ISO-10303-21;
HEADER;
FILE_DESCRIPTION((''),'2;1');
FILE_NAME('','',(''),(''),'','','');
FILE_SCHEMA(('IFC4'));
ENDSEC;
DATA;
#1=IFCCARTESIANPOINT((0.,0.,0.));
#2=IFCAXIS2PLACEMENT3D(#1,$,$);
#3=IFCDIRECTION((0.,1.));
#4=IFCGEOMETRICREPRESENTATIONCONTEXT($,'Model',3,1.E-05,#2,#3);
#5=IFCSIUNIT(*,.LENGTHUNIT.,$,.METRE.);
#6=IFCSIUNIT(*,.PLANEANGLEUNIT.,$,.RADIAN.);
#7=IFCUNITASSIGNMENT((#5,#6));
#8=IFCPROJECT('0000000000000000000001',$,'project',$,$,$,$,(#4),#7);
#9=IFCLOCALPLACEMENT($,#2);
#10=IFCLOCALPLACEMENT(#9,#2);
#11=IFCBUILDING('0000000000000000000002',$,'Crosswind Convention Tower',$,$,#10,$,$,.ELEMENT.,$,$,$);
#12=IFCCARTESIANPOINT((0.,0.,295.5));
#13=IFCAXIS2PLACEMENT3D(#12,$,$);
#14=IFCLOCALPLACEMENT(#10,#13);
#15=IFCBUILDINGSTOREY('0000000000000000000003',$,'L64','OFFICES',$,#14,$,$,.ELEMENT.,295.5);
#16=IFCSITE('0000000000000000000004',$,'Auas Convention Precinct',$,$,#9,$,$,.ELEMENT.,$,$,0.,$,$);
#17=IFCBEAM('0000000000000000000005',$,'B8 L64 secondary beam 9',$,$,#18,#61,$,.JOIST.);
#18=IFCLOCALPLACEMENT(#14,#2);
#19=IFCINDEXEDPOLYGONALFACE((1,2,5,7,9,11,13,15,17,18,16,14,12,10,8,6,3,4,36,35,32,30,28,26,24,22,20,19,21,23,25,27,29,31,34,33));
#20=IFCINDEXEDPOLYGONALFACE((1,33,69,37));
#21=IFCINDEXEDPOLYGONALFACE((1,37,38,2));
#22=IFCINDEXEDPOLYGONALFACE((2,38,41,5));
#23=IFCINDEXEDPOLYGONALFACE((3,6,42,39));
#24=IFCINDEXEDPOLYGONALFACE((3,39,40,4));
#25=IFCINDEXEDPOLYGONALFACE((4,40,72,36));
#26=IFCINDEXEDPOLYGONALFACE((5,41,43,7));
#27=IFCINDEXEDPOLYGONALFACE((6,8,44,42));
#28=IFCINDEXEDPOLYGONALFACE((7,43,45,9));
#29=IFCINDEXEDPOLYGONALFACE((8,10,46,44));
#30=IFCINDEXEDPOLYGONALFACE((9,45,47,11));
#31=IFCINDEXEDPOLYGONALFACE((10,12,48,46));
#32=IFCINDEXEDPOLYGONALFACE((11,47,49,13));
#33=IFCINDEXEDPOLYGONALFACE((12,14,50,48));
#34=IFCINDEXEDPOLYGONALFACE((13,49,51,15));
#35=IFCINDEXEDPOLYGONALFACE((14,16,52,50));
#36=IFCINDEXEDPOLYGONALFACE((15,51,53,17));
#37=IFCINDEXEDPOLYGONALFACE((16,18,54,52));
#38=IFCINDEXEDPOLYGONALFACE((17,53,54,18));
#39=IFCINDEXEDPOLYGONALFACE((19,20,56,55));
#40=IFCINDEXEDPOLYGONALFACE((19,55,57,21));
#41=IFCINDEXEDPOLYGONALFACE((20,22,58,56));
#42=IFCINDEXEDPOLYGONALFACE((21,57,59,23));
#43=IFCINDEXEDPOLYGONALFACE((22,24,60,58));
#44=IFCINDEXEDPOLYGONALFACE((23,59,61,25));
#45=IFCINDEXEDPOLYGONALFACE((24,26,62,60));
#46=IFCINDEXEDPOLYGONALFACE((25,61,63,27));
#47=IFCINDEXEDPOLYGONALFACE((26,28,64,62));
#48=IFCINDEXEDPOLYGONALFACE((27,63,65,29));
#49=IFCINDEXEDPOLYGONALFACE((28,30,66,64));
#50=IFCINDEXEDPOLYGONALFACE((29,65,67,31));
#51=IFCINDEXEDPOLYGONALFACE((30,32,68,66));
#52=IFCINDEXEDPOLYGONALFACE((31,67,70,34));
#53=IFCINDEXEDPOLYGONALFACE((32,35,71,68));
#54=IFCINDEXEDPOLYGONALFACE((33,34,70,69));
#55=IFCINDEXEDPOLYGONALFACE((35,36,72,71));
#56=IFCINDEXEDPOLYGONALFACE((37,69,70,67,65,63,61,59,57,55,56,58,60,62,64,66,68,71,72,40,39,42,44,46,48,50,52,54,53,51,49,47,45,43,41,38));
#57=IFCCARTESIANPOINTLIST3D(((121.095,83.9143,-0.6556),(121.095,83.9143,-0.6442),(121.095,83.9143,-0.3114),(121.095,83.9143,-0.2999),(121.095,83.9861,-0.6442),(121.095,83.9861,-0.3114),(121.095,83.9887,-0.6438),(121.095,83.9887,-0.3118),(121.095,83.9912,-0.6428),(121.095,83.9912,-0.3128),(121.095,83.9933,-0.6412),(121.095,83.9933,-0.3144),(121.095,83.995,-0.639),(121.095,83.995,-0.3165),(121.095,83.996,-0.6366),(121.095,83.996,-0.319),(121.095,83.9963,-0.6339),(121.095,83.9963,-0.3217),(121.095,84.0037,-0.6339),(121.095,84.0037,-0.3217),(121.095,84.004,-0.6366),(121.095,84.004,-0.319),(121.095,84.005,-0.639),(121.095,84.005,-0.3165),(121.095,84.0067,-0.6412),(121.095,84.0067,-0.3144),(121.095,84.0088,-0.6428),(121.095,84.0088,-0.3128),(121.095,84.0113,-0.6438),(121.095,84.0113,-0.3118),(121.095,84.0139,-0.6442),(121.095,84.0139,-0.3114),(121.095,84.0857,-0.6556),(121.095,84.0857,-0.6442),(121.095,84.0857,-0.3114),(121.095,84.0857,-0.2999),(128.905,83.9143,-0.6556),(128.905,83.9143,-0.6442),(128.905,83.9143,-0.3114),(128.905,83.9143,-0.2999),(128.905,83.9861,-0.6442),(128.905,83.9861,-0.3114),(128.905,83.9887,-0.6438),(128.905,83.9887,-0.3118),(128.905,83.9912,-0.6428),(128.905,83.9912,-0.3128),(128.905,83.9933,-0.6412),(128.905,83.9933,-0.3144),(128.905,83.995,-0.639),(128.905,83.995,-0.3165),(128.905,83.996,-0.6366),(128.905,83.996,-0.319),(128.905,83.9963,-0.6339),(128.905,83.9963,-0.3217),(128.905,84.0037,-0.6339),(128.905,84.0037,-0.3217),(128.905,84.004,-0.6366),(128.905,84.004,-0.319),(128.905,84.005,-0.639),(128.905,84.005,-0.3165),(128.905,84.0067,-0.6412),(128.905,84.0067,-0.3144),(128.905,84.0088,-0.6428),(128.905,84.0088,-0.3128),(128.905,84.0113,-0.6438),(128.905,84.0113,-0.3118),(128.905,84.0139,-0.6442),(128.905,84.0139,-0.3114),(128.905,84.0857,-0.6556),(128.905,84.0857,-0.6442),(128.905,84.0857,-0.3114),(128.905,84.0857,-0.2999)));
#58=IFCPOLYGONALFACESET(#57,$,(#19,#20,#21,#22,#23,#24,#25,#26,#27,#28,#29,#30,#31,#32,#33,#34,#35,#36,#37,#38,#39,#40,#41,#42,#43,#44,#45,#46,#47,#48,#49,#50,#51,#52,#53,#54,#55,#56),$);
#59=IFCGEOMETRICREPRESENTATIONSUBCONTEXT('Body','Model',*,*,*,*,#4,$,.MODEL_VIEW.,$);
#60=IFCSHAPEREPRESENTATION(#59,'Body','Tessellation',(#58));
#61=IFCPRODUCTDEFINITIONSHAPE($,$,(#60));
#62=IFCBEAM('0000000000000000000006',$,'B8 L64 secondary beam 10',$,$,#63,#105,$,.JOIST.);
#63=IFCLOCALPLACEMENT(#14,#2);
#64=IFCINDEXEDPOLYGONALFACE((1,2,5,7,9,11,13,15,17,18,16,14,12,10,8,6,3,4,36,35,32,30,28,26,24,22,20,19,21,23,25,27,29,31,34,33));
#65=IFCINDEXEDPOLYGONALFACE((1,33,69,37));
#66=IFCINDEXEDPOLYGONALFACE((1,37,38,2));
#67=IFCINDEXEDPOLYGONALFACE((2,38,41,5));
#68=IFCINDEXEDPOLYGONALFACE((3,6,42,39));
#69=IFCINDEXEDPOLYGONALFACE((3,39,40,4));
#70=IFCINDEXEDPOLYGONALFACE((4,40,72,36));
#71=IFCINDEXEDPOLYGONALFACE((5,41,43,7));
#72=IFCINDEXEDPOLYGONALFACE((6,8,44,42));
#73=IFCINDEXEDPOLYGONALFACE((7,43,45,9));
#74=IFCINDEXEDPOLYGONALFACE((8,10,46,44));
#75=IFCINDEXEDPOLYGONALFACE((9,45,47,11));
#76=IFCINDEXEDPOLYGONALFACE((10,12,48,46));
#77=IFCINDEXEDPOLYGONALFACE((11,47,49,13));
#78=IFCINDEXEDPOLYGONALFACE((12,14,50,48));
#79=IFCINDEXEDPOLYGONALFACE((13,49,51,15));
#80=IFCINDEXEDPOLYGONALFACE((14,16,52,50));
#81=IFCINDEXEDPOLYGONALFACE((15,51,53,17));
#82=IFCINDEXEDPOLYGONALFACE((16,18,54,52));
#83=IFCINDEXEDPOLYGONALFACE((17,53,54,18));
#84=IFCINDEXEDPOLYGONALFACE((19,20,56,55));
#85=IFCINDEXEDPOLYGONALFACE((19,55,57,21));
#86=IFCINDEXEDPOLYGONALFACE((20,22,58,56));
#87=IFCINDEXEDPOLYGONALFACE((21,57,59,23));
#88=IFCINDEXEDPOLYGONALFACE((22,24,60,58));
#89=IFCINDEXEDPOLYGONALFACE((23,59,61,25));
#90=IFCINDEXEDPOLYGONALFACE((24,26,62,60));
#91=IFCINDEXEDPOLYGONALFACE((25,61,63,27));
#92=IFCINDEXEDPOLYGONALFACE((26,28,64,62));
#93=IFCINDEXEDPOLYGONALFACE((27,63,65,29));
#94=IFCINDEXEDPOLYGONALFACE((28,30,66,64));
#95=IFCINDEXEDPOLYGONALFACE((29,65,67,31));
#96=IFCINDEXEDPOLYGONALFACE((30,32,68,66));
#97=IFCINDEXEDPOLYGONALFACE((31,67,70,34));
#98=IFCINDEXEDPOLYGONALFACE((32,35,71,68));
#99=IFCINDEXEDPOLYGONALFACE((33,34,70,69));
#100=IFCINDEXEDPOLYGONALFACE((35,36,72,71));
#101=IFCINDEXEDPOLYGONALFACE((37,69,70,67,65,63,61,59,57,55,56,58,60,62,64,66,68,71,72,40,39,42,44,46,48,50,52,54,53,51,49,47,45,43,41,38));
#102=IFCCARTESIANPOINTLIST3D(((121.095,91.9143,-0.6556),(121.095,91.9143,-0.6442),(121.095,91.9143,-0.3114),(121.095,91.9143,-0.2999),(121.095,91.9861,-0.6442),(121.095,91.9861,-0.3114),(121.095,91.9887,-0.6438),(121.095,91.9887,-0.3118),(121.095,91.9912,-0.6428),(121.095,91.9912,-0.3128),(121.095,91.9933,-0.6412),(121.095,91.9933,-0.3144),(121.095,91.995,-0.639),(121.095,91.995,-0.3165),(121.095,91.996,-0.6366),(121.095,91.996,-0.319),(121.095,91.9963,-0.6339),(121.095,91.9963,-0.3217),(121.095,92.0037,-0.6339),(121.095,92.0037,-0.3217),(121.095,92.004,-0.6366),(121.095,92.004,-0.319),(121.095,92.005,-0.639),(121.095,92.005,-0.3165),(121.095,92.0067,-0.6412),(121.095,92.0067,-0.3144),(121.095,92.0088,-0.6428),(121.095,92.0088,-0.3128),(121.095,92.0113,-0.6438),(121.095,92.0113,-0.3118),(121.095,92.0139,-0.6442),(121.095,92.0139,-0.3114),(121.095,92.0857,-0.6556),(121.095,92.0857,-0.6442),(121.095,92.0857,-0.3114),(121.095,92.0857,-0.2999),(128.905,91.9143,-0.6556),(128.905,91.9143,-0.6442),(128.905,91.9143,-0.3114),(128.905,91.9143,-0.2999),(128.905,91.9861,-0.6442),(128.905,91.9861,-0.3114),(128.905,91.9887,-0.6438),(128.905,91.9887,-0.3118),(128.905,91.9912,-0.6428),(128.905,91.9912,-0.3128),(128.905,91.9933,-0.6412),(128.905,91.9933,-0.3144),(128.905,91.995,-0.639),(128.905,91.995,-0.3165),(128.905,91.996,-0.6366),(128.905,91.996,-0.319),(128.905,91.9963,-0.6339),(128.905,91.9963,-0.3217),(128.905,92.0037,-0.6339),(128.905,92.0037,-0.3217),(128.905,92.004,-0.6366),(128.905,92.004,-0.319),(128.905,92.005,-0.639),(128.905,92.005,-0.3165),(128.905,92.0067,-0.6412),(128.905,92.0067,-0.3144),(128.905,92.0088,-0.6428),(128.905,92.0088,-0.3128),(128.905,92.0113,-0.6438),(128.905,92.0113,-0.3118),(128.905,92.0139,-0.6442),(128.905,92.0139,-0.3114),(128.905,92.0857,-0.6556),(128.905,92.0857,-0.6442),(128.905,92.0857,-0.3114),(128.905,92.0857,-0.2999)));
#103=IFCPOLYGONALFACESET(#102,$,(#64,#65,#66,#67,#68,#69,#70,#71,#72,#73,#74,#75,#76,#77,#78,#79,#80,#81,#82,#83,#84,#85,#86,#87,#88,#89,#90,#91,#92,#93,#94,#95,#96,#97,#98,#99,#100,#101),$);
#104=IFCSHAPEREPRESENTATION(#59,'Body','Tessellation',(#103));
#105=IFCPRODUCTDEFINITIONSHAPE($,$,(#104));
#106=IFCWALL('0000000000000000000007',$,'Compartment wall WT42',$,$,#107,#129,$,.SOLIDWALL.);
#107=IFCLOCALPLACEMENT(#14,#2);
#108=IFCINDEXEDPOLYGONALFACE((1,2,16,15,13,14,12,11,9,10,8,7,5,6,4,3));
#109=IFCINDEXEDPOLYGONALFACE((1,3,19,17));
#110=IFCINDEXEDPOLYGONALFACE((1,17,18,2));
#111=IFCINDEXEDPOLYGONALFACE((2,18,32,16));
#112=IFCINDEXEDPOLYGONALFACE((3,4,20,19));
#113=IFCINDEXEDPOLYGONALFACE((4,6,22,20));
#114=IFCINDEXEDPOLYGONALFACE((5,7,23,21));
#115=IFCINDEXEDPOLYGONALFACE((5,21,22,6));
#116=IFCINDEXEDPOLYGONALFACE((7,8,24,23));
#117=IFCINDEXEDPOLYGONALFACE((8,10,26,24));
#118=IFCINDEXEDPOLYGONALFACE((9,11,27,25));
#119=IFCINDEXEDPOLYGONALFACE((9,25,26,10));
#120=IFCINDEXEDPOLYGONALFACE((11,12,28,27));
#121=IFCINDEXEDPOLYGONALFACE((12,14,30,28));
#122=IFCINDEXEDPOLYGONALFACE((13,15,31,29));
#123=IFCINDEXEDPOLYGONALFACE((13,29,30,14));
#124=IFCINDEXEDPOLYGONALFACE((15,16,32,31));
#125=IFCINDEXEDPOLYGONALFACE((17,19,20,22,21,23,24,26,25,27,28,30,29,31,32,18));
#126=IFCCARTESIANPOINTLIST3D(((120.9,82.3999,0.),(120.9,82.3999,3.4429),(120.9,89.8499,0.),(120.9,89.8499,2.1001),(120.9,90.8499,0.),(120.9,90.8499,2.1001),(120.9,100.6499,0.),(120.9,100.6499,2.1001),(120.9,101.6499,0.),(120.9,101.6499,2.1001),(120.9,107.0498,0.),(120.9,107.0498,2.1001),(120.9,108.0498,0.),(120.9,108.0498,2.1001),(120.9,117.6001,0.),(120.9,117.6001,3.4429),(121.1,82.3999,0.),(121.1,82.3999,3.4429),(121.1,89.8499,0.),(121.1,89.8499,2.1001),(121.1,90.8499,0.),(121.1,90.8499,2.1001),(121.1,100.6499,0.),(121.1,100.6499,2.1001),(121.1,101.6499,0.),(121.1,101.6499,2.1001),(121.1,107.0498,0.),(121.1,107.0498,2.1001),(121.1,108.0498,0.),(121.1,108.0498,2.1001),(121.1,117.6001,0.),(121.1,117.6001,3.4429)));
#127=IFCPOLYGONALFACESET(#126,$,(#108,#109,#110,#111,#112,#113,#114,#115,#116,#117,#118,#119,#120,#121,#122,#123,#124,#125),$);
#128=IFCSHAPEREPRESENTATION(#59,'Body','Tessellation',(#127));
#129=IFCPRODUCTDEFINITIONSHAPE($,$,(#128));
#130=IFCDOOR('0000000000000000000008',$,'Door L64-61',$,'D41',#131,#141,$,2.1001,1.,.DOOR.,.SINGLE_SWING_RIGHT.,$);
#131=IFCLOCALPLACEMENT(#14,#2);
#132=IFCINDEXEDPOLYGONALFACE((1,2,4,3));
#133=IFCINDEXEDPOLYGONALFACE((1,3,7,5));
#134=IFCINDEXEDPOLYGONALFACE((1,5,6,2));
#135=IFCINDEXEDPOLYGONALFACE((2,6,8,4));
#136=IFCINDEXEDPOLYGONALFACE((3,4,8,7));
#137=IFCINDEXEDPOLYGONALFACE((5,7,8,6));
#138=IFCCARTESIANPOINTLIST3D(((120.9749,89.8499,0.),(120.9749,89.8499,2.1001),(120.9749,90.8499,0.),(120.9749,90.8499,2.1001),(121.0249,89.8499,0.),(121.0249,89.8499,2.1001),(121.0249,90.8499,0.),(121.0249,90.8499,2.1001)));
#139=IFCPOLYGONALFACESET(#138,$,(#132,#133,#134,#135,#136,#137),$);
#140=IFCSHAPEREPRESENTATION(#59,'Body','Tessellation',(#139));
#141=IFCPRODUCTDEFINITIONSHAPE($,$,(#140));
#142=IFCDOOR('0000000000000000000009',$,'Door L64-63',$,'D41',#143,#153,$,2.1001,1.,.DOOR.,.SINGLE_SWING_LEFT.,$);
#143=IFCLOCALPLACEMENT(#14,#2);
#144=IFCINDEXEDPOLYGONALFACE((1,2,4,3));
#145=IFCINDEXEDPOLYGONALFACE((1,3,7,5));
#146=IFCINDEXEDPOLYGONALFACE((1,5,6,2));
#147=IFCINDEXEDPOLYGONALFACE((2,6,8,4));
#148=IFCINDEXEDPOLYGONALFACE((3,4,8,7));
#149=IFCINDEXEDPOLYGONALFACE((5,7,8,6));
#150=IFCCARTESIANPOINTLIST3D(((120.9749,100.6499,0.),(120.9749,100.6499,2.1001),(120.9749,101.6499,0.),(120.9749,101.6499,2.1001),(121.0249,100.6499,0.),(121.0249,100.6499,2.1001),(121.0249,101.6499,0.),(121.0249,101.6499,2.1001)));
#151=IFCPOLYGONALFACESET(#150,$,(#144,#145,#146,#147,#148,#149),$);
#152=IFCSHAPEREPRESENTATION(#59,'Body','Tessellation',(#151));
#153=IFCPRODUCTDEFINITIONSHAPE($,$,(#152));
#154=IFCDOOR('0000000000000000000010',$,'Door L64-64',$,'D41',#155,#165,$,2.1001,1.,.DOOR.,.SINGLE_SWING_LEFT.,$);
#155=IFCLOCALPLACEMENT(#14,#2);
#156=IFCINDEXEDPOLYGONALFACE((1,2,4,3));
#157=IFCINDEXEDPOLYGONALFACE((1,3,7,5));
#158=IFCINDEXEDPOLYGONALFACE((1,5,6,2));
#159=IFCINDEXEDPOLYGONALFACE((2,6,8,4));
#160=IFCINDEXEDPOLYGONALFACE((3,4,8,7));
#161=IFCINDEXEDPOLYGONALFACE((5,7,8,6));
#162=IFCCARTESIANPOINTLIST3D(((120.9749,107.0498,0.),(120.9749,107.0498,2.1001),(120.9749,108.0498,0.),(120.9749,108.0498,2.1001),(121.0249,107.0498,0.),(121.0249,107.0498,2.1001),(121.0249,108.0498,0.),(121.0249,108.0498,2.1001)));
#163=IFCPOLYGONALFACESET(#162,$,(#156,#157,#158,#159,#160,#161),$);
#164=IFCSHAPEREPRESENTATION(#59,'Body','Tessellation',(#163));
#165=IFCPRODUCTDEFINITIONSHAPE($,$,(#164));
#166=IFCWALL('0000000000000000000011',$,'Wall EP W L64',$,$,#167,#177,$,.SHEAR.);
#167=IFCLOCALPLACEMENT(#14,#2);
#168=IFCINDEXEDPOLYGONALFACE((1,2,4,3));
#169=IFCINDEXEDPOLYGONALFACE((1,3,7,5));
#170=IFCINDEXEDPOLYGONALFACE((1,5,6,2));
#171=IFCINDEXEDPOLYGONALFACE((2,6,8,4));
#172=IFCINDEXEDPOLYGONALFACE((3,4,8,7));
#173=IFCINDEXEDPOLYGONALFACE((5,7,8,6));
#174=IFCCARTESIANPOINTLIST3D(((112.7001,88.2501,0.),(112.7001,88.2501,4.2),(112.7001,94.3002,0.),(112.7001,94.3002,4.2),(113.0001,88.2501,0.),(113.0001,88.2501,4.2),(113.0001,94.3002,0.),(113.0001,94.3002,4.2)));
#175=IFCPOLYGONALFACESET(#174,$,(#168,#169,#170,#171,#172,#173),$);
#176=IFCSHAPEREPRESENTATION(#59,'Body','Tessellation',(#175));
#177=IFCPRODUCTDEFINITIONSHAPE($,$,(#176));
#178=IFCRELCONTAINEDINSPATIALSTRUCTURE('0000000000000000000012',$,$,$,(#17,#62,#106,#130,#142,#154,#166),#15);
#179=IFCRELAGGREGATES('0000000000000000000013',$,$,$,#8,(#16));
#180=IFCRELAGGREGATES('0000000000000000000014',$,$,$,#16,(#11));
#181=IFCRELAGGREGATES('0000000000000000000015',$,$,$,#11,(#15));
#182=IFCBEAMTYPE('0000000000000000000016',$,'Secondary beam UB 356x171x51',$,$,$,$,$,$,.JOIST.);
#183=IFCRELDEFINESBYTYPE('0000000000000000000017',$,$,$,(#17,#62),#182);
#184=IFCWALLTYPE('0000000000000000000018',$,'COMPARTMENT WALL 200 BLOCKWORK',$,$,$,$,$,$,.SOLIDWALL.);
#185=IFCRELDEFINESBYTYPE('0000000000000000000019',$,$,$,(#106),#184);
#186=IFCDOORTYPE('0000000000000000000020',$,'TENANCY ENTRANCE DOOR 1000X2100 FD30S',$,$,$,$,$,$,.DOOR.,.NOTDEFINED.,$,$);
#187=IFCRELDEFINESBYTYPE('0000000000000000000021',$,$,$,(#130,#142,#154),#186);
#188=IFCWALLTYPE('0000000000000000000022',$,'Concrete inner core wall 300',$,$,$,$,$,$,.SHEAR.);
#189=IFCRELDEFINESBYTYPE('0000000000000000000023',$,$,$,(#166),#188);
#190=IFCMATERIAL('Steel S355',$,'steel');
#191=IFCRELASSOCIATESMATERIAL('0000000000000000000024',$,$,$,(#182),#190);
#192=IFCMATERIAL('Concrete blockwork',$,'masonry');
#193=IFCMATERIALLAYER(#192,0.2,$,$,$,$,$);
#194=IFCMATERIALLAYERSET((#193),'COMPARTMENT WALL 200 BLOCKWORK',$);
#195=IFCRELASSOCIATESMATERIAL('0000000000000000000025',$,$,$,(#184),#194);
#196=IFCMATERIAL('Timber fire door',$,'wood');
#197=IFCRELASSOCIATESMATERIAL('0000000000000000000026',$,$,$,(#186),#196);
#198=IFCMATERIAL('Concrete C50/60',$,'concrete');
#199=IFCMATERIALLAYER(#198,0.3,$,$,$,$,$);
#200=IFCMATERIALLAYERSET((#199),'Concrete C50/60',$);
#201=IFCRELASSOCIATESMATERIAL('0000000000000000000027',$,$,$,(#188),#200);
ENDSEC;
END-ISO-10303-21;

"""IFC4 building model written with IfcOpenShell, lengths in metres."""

from ifc_helpers import new_model, si_unit, direction, frame, frame_2d, origin, origin_2d, place, context, subcontext, project, spatial, rectangle, i_section, extrude, material, layer, layer_set, material_profile, profile_set, type_object, element, fill, save


model = new_model("IFC4")

# Units and contexts
model_context = context("Model", 3, precision=1e-05, world=origin(), true_north=direction((0.0, 1.0)))
body_context = subcontext(model_context, "Body", "Model", "MODEL_VIEW")
ifc_project = project(units=[si_unit("LENGTHUNIT", "METRE"), si_unit("PLANEANGLEUNIT", "RADIAN")], contexts=[model_context])

# Site, building, storey
site_placement = place(None, origin())
site = spatial("IfcSite", under=ifc_project, at=site_placement, Name="Auas Convention Precinct", CompositionType="ELEMENT", RefElevation=0.0)
building_placement = place(site_placement, origin())
building = spatial("IfcBuilding", under=site, at=building_placement, Name="Crosswind Convention Tower", CompositionType="ELEMENT")
storey_placement = place(building_placement, frame((0.0, 0.0, 295.5)))
storey = spatial("IfcBuildingStorey", under=building, at=storey_placement, Name="L64", Description="OFFICES", CompositionType="ELEMENT", Elevation=295.5)

# Beams
ifc_material_1 = material(Name="Steel S355", Category="steel")
ifc_material_profile_1 = material_profile(ifc_material_1, i_section(OverallWidth=0.1714, OverallDepth=0.3557, WebThickness=0.0073, FlangeThickness=0.0115, FilletRadius=0.0103, at=origin_2d()), Name="UB 356x171x51")
ifc_profile_set_1 = profile_set([ifc_material_profile_1], Name="Steel S355")
beam_type_1 = type_object("IfcBeamType", Name="Secondary beam UB 356x171x51", PredefinedType="JOIST", material=ifc_profile_set_1)
for number, where, z_axis, x_axis, name in (
    (1, (121.095, 84.0, -0.4778), (1.0, 0.0, 0.0), (0.0, 1.0, 0.0), "B8 L64 secondary beam 9"),
    (2, (121.095, 92.0, -0.4778), (1.0, 0.0, 0.0), (0.0, 1.0, 0.0), "B8 L64 secondary beam 10"),
):
    element("IfcBeam", number, at=place(storey_placement, frame(where, z_axis=z_axis, x_axis=x_axis)), inside=storey, type_object=beam_type_1, Name=name, PredefinedType="JOIST", context=body_context, shape_type="SweptSolid", body=[
        extrude(i_section(OverallWidth=0.1714, OverallDepth=0.3557, WebThickness=0.0073, FlangeThickness=0.0115, FilletRadius=0.0103, at=origin_2d()), origin(), (0.0, 0.0, 1.0), 7.8101),
    ])

# Wall, openings, doors
ifc_material_2 = material(Name="Concrete blockwork", Category="masonry")
ifc_layer_1 = layer(ifc_material_2, 0.2)
ifc_layer_set_1 = layer_set([ifc_layer_1], Name="COMPARTMENT WALL 200 BLOCKWORK")
wall_type_1 = type_object("IfcWallType", Name="COMPARTMENT WALL 200 BLOCKWORK", PredefinedType="SOLIDWALL", material=ifc_layer_set_1)
wall_1_placement = place(storey_placement, frame((121.0, 82.3999, 0.0), z_axis=(0.0, 0.0, 1.0), x_axis=(0.0, 1.0, 0.0)))
wall_1 = element("IfcWall", 3, at=wall_1_placement, inside=storey, type_object=wall_type_1, Name="Compartment wall WT42", PredefinedType="SOLIDWALL", context=body_context, shape_type="SweptSolid", body=[
    extrude(rectangle(XDim=35.2002, YDim=0.2, at=frame_2d((17.6001, 0.0))), origin(), (0.0, 0.0, 1.0), 3.4429),
])
opening_1_placement = place(wall_1_placement, frame((7.45, 0.0, 0.0)))
opening_1 = element("IfcOpeningElement", 4, at=opening_1_placement, cuts=wall_1, PredefinedType="OPENING", context=body_context, shape_type="SweptSolid", body=[
    extrude(rectangle(XDim=1.0, YDim=2.1001, at=frame_2d((0.5, 1.05))), frame((0.0, 0.1099, 0.0), z_axis=(0.0, -1.0, 0.0), x_axis=(1.0, 0.0, 0.0)), (0.0, 0.0, 1.0), 0.22),
])
opening_2_placement = place(wall_1_placement, frame((18.25, 0.0, 0.0)))
opening_2 = element("IfcOpeningElement", 5, at=opening_2_placement, cuts=wall_1, PredefinedType="OPENING", context=body_context, shape_type="SweptSolid", body=[
    extrude(rectangle(XDim=1.0, YDim=2.1001, at=frame_2d((0.5, 1.05))), frame((0.0, 0.1099, 0.0), z_axis=(0.0, -1.0, 0.0), x_axis=(1.0, 0.0, 0.0)), (0.0, 0.0, 1.0), 0.22),
])
opening_3_placement = place(wall_1_placement, frame((24.6499, 0.0, 0.0)))
opening_3 = element("IfcOpeningElement", 6, at=opening_3_placement, cuts=wall_1, PredefinedType="OPENING", context=body_context, shape_type="SweptSolid", body=[
    extrude(rectangle(XDim=1.0, YDim=2.1001, at=frame_2d((0.5, 1.05))), frame((0.0, 0.1099, 0.0), z_axis=(0.0, -1.0, 0.0), x_axis=(1.0, 0.0, 0.0)), (0.0, 0.0, 1.0), 0.22),
])
ifc_material_3 = material(Name="Timber fire door", Category="wood")
door_type = type_object("IfcDoorType", Name="TENANCY ENTRANCE DOOR 1000X2100 FD30S", OperationType="NOTDEFINED", PredefinedType="DOOR", material=ifc_material_3)
door_1_placement = place(opening_1_placement, frame((1.0, 0.0, 0.0), z_axis=(0.0, 0.0, 1.0), x_axis=(-1.0, 0.0, 0.0)))
door_1 = element("IfcDoor", 7, at=door_1_placement, inside=storey, type_object=door_type, Name="Door L64-61", ObjectType="D41", OperationType="SINGLE_SWING_RIGHT", OverallHeight=2.1001, OverallWidth=1.0, PredefinedType="DOOR", context=body_context, shape_type="SweptSolid", body=[
    extrude(rectangle(XDim=1.0, YDim=2.1001, at=frame_2d((0.5, 1.05))), frame((0.0, 0.0249, 0.0), z_axis=(0.0, -1.0, 0.0), x_axis=(1.0, 0.0, 0.0)), (0.0, 0.0, 1.0), 0.05),
])
fill(opening_1, door_1)
door_2_placement = place(opening_2_placement, frame((1.0, 0.0, 0.0), z_axis=(0.0, 0.0, 1.0), x_axis=(-1.0, 0.0, 0.0)))
door_2 = element("IfcDoor", 8, at=door_2_placement, inside=storey, type_object=door_type, Name="Door L64-63", ObjectType="D41", OperationType="SINGLE_SWING_LEFT", OverallHeight=2.1001, OverallWidth=1.0, PredefinedType="DOOR", context=body_context, shape_type="SweptSolid", body=[
    extrude(rectangle(XDim=1.0, YDim=2.1001, at=frame_2d((0.5, 1.05))), frame((0.0, 0.0249, 0.0), z_axis=(0.0, -1.0, 0.0), x_axis=(1.0, 0.0, 0.0)), (0.0, 0.0, 1.0), 0.05),
])
fill(opening_2, door_2)
door_3_placement = place(opening_3_placement, frame((1.0, 0.0, 0.0), z_axis=(0.0, 0.0, 1.0), x_axis=(-1.0, 0.0, 0.0)))
door_3 = element("IfcDoor", 9, at=door_3_placement, inside=storey, type_object=door_type, Name="Door L64-64", ObjectType="D41", OperationType="SINGLE_SWING_LEFT", OverallHeight=2.1001, OverallWidth=1.0, PredefinedType="DOOR", context=body_context, shape_type="SweptSolid", body=[
    extrude(rectangle(XDim=1.0, YDim=2.1001, at=frame_2d((0.5, 1.05))), frame((0.0, 0.0249, 0.0), z_axis=(0.0, -1.0, 0.0), x_axis=(1.0, 0.0, 0.0)), (0.0, 0.0, 1.0), 0.05),
])
fill(opening_3, door_3)

# Wall
ifc_material_4 = material(Name="Concrete C50/60", Category="concrete")
ifc_layer_2 = layer(ifc_material_4, 0.3)
ifc_layer_set_2 = layer_set([ifc_layer_2], Name="Concrete C50/60")
wall_type_2 = type_object("IfcWallType", Name="Concrete inner core wall 300", PredefinedType="SHEAR", material=ifc_layer_set_2)
wall_2_placement = place(storey_placement, frame((112.8501, 94.3, 0.0), z_axis=(0.0, 0.0, 1.0), x_axis=(0.0, -1.0, 0.0)))
element("IfcWall", 10, at=wall_2_placement, inside=storey, type_object=wall_type_2, Name="Wall EP W L64", PredefinedType="SHEAR", context=body_context, shape_type="SweptSolid", body=[
    extrude(rectangle(XDim=6.05, YDim=0.3, at=frame_2d((3.0249, 0.0))), origin(), (0.0, 0.0, 1.0), 4.2),
])

save(model, "model.ifc")
